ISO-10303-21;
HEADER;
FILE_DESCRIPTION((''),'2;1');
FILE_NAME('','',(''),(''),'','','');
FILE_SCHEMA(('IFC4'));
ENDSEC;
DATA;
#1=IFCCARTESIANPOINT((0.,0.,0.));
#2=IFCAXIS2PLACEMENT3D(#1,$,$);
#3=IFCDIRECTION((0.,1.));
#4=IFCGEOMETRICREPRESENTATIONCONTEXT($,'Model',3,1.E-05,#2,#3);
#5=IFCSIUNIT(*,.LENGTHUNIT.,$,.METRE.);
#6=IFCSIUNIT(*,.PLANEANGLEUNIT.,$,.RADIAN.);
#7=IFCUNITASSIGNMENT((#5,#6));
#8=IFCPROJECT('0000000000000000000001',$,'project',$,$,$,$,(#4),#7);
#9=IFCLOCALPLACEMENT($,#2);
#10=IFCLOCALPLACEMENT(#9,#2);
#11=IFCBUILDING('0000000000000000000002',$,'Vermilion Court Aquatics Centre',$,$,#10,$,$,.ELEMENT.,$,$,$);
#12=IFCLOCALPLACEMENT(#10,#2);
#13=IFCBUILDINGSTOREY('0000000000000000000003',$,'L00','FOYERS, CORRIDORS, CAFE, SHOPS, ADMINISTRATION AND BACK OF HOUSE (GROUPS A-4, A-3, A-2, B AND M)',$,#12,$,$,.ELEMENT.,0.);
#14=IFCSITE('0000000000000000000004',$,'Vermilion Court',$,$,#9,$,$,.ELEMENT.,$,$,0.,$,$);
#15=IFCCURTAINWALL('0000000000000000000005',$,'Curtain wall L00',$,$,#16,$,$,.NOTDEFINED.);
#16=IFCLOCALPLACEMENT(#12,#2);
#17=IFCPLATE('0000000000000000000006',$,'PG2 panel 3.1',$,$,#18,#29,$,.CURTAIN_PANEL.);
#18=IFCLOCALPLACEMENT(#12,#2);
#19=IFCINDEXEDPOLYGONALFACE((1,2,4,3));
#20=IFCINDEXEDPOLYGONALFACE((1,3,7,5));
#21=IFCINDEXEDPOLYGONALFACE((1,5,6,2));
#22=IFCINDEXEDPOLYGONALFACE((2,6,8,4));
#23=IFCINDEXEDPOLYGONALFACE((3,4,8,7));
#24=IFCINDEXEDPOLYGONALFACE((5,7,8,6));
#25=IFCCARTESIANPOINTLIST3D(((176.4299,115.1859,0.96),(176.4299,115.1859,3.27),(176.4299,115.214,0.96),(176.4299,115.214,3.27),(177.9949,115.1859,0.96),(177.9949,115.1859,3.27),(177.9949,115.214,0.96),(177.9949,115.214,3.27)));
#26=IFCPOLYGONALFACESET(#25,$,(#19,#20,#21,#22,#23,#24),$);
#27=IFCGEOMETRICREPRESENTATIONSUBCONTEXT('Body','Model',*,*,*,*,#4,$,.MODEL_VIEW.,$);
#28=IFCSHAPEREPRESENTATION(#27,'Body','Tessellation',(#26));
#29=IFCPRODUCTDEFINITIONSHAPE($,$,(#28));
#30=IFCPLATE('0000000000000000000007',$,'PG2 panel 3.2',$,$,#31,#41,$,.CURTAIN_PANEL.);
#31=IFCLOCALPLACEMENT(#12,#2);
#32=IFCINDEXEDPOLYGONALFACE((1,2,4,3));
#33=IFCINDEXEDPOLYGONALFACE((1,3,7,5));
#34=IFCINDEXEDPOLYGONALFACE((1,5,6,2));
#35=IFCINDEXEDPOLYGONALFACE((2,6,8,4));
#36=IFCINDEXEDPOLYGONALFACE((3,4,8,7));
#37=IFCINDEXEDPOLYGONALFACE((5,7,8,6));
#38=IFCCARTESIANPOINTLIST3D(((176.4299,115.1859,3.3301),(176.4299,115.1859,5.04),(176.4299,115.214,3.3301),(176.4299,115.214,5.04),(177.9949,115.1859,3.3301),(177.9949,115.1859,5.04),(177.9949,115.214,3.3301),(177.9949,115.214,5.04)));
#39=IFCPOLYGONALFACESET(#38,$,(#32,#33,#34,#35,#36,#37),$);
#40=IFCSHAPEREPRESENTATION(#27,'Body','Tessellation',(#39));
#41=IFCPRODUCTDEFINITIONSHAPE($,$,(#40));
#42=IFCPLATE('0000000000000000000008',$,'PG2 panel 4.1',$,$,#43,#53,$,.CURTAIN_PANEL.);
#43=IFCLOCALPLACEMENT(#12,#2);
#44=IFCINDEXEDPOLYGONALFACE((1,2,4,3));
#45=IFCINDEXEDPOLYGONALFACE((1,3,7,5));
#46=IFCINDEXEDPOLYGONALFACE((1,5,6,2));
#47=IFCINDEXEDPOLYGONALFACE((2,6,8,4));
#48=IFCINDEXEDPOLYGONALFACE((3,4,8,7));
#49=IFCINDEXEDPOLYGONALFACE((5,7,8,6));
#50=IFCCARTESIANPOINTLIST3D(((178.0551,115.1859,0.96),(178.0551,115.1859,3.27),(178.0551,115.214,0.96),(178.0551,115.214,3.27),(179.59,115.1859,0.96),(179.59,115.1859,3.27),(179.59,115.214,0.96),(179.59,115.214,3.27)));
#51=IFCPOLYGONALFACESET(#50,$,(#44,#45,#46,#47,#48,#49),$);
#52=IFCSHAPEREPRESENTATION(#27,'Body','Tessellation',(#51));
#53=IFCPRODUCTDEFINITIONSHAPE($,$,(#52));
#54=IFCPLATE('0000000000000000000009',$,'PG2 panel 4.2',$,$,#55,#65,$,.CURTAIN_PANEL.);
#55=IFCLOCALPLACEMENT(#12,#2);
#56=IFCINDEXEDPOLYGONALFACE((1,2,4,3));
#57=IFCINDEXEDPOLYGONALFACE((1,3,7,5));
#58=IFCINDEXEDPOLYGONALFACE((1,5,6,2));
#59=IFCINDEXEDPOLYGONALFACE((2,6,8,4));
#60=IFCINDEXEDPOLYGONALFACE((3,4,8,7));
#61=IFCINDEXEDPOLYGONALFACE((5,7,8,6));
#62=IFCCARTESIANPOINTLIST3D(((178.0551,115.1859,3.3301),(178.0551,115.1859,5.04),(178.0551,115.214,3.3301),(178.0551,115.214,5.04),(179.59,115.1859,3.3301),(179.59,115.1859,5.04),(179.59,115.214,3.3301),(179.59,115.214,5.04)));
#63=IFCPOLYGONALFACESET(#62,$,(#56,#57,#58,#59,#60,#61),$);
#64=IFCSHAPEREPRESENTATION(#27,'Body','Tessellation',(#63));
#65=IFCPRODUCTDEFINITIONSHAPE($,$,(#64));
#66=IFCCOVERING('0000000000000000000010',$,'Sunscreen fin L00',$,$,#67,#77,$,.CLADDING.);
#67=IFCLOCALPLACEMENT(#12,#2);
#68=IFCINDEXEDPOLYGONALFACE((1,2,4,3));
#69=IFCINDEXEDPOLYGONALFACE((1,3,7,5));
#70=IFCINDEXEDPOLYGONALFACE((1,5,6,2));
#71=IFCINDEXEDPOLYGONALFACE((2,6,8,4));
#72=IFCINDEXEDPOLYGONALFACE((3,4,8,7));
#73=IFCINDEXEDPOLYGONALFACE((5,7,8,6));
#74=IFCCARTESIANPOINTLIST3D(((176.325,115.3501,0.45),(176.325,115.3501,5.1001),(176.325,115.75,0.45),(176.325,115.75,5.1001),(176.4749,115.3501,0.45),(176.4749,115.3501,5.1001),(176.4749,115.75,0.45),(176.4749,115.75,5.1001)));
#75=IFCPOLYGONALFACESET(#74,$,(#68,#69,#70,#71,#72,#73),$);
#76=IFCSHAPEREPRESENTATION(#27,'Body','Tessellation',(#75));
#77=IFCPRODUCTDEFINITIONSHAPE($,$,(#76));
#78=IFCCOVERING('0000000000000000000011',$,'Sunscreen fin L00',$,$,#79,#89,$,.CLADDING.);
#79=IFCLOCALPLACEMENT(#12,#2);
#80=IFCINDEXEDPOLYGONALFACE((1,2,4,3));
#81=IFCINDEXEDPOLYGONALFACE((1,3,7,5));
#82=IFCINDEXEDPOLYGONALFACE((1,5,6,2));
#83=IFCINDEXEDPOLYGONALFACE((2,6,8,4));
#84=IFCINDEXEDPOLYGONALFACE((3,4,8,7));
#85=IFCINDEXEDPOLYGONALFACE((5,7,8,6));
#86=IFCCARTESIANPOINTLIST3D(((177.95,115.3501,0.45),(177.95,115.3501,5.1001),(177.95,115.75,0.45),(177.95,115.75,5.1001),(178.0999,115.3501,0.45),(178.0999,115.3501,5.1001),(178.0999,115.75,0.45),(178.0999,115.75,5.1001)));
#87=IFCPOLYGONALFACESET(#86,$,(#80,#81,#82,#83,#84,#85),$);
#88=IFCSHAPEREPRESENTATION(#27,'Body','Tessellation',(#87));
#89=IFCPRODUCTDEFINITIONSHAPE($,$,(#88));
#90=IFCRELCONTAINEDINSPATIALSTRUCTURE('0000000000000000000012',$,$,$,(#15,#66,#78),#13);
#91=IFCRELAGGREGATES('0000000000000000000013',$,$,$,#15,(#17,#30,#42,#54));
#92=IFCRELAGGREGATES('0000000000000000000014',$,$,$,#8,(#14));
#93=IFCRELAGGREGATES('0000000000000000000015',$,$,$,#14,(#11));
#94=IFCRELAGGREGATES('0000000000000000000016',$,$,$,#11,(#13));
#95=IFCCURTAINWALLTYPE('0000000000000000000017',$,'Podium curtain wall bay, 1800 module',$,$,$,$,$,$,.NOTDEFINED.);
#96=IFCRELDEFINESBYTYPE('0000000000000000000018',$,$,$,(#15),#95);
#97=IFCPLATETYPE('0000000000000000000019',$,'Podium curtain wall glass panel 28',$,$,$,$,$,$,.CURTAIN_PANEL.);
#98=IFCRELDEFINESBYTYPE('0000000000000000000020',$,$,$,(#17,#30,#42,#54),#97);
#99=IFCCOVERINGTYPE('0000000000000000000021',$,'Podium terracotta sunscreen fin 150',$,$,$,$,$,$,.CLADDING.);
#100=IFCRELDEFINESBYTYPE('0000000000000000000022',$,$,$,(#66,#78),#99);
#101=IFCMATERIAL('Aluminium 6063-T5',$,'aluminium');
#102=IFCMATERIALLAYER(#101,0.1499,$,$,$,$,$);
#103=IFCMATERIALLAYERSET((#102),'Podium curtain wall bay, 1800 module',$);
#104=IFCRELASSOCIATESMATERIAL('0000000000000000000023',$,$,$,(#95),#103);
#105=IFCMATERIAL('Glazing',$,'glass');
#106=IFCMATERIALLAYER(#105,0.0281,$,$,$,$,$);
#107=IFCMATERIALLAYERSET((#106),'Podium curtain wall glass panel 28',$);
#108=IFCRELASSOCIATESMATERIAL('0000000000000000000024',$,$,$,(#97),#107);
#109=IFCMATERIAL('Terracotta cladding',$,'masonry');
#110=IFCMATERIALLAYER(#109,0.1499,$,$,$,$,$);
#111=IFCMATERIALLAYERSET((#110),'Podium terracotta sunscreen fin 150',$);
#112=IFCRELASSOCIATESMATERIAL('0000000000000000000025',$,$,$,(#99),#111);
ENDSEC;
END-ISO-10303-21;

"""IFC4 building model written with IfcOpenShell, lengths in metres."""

from ifc_helpers import new_model, si_unit, direction, frame, frame_2d, origin, origin_2d, place, context, subcontext, project, spatial, rectangle, extrude, material, layer, layer_set, type_object, element, aggregate, save


model = new_model("IFC4")

# Units and contexts
model_context = context("Model", 3, precision=1e-05, world=origin(), true_north=direction((0.0, 1.0)))
body_context = subcontext(model_context, "Body", "Model", "MODEL_VIEW")
ifc_project = project(units=[si_unit("LENGTHUNIT", "METRE"), si_unit("PLANEANGLEUNIT", "RADIAN")], contexts=[model_context])

# Site, building, storey
site_placement = place(None, origin())
site = spatial("IfcSite", under=ifc_project, at=site_placement, Name="Vermilion Court", CompositionType="ELEMENT", RefElevation=0.0)
building_placement = place(site_placement, origin())
building = spatial("IfcBuilding", under=site, at=building_placement, Name="Vermilion Court Aquatics Centre", CompositionType="ELEMENT")
storey_placement = place(building_placement, origin())
storey = spatial("IfcBuildingStorey", under=building, at=storey_placement, Name="L00", Description="FOYERS, CORRIDORS, CAFE, SHOPS, ADMINISTRATION AND BACK OF HOUSE (GROUPS A-4, A-3, A-2, B AND M)", CompositionType="ELEMENT", Elevation=0.0)

# Curtain wall, plates
ifc_material_1 = material(Name="Aluminium 6063-T5", Category="aluminium")
ifc_layer_1 = layer(ifc_material_1, 0.1499)
ifc_layer_set_1 = layer_set([ifc_layer_1], Name="Podium curtain wall bay, 1800 module")
curtain_wall_type = type_object("IfcCurtainWallType", Name="Podium curtain wall bay, 1800 module", PredefinedType="NOTDEFINED", material=ifc_layer_set_1)
curtain_wall_placement = place(storey_placement, origin())
curtain_wall = element("IfcCurtainWall", 1, at=curtain_wall_placement, inside=storey, type_object=curtain_wall_type, Name="Curtain wall L00", PredefinedType="NOTDEFINED")
ifc_material_2 = material(Name="Glazing", Category="glass")
ifc_layer_2 = layer(ifc_material_2, 0.0281)
ifc_layer_set_2 = layer_set([ifc_layer_2], Name="Podium curtain wall glass panel 28")
plate_type = type_object("IfcPlateType", Name="Podium curtain wall glass panel 28", PredefinedType="CURTAIN_PANEL", material=ifc_layer_set_2)
plate_1_placement = place(storey_placement, frame((177.2124, 115.2, 0.96), z_axis=(0.0, 0.0, 1.0), x_axis=(1.0, 0.0, 0.0)))
plate_1 = element("IfcPlate", 2, at=plate_1_placement, type_object=plate_type, Name="PG2 panel 3.1", PredefinedType="CURTAIN_PANEL", context=body_context, shape_type="SweptSolid", body=[
    extrude(rectangle(XDim=1.5649, YDim=0.0281, at=origin_2d()), origin(), (0.0, 0.0, 1.0), 2.3101),
])
plate_2_placement = place(storey_placement, frame((177.2124, 115.2, 3.3301), z_axis=(0.0, 0.0, 1.0), x_axis=(1.0, 0.0, 0.0)))
plate_2 = element("IfcPlate", 3, at=plate_2_placement, type_object=plate_type, Name="PG2 panel 3.2", PredefinedType="CURTAIN_PANEL", context=body_context, shape_type="SweptSolid", body=[
    extrude(rectangle(XDim=1.5649, YDim=0.0281, at=origin_2d()), origin(), (0.0, 0.0, 1.0), 1.71),
])
plate_3_placement = place(storey_placement, frame((178.8225, 115.2, 0.96), z_axis=(0.0, 0.0, 1.0), x_axis=(1.0, 0.0, 0.0)))
plate_3 = element("IfcPlate", 4, at=plate_3_placement, type_object=plate_type, Name="PG2 panel 4.1", PredefinedType="CURTAIN_PANEL", context=body_context, shape_type="SweptSolid", body=[
    extrude(rectangle(XDim=1.5349, YDim=0.0281, at=origin_2d()), origin(), (0.0, 0.0, 1.0), 2.3101),
])
plate_4_placement = place(storey_placement, frame((178.8225, 115.2, 3.3301), z_axis=(0.0, 0.0, 1.0), x_axis=(1.0, 0.0, 0.0)))
plate_4 = element("IfcPlate", 5, at=plate_4_placement, type_object=plate_type, Name="PG2 panel 4.2", PredefinedType="CURTAIN_PANEL", context=body_context, shape_type="SweptSolid", body=[
    extrude(rectangle(XDim=1.5349, YDim=0.0281, at=origin_2d()), origin(), (0.0, 0.0, 1.0), 1.71),
])
aggregate(curtain_wall, [plate_1, plate_2, plate_3, plate_4])

# Coverings
ifc_material_3 = material(Name="Terracotta cladding", Category="masonry")
ifc_layer_3 = layer(ifc_material_3, 0.1499)
ifc_layer_set_3 = layer_set([ifc_layer_3], Name="Podium terracotta sunscreen fin 150")
covering_type = type_object("IfcCoveringType", Name="Podium terracotta sunscreen fin 150", PredefinedType="CLADDING", material=ifc_layer_set_3)
for number, where, z_axis, x_axis, name in (
    (6, (176.3999, 115.3501, 0.45), (0.0, 0.0, 1.0), (0.0, 1.0, 0.0), "Sunscreen fin L00"),
    (7, (178.0249, 115.3501, 0.45), (0.0, 0.0, 1.0), (0.0, 1.0, 0.0), "Sunscreen fin L00"),
):
    element("IfcCovering", number, at=place(storey_placement, frame(where, z_axis=z_axis, x_axis=x_axis)), inside=storey, type_object=covering_type, Name=name, PredefinedType="CLADDING", context=body_context, shape_type="SweptSolid", body=[
        extrude(rectangle(XDim=0.3999, YDim=0.1499, at=frame_2d((0.2, 0.0))), origin(), (0.0, 0.0, 1.0), 4.6501),
    ])

save(model, "model.ifc")
